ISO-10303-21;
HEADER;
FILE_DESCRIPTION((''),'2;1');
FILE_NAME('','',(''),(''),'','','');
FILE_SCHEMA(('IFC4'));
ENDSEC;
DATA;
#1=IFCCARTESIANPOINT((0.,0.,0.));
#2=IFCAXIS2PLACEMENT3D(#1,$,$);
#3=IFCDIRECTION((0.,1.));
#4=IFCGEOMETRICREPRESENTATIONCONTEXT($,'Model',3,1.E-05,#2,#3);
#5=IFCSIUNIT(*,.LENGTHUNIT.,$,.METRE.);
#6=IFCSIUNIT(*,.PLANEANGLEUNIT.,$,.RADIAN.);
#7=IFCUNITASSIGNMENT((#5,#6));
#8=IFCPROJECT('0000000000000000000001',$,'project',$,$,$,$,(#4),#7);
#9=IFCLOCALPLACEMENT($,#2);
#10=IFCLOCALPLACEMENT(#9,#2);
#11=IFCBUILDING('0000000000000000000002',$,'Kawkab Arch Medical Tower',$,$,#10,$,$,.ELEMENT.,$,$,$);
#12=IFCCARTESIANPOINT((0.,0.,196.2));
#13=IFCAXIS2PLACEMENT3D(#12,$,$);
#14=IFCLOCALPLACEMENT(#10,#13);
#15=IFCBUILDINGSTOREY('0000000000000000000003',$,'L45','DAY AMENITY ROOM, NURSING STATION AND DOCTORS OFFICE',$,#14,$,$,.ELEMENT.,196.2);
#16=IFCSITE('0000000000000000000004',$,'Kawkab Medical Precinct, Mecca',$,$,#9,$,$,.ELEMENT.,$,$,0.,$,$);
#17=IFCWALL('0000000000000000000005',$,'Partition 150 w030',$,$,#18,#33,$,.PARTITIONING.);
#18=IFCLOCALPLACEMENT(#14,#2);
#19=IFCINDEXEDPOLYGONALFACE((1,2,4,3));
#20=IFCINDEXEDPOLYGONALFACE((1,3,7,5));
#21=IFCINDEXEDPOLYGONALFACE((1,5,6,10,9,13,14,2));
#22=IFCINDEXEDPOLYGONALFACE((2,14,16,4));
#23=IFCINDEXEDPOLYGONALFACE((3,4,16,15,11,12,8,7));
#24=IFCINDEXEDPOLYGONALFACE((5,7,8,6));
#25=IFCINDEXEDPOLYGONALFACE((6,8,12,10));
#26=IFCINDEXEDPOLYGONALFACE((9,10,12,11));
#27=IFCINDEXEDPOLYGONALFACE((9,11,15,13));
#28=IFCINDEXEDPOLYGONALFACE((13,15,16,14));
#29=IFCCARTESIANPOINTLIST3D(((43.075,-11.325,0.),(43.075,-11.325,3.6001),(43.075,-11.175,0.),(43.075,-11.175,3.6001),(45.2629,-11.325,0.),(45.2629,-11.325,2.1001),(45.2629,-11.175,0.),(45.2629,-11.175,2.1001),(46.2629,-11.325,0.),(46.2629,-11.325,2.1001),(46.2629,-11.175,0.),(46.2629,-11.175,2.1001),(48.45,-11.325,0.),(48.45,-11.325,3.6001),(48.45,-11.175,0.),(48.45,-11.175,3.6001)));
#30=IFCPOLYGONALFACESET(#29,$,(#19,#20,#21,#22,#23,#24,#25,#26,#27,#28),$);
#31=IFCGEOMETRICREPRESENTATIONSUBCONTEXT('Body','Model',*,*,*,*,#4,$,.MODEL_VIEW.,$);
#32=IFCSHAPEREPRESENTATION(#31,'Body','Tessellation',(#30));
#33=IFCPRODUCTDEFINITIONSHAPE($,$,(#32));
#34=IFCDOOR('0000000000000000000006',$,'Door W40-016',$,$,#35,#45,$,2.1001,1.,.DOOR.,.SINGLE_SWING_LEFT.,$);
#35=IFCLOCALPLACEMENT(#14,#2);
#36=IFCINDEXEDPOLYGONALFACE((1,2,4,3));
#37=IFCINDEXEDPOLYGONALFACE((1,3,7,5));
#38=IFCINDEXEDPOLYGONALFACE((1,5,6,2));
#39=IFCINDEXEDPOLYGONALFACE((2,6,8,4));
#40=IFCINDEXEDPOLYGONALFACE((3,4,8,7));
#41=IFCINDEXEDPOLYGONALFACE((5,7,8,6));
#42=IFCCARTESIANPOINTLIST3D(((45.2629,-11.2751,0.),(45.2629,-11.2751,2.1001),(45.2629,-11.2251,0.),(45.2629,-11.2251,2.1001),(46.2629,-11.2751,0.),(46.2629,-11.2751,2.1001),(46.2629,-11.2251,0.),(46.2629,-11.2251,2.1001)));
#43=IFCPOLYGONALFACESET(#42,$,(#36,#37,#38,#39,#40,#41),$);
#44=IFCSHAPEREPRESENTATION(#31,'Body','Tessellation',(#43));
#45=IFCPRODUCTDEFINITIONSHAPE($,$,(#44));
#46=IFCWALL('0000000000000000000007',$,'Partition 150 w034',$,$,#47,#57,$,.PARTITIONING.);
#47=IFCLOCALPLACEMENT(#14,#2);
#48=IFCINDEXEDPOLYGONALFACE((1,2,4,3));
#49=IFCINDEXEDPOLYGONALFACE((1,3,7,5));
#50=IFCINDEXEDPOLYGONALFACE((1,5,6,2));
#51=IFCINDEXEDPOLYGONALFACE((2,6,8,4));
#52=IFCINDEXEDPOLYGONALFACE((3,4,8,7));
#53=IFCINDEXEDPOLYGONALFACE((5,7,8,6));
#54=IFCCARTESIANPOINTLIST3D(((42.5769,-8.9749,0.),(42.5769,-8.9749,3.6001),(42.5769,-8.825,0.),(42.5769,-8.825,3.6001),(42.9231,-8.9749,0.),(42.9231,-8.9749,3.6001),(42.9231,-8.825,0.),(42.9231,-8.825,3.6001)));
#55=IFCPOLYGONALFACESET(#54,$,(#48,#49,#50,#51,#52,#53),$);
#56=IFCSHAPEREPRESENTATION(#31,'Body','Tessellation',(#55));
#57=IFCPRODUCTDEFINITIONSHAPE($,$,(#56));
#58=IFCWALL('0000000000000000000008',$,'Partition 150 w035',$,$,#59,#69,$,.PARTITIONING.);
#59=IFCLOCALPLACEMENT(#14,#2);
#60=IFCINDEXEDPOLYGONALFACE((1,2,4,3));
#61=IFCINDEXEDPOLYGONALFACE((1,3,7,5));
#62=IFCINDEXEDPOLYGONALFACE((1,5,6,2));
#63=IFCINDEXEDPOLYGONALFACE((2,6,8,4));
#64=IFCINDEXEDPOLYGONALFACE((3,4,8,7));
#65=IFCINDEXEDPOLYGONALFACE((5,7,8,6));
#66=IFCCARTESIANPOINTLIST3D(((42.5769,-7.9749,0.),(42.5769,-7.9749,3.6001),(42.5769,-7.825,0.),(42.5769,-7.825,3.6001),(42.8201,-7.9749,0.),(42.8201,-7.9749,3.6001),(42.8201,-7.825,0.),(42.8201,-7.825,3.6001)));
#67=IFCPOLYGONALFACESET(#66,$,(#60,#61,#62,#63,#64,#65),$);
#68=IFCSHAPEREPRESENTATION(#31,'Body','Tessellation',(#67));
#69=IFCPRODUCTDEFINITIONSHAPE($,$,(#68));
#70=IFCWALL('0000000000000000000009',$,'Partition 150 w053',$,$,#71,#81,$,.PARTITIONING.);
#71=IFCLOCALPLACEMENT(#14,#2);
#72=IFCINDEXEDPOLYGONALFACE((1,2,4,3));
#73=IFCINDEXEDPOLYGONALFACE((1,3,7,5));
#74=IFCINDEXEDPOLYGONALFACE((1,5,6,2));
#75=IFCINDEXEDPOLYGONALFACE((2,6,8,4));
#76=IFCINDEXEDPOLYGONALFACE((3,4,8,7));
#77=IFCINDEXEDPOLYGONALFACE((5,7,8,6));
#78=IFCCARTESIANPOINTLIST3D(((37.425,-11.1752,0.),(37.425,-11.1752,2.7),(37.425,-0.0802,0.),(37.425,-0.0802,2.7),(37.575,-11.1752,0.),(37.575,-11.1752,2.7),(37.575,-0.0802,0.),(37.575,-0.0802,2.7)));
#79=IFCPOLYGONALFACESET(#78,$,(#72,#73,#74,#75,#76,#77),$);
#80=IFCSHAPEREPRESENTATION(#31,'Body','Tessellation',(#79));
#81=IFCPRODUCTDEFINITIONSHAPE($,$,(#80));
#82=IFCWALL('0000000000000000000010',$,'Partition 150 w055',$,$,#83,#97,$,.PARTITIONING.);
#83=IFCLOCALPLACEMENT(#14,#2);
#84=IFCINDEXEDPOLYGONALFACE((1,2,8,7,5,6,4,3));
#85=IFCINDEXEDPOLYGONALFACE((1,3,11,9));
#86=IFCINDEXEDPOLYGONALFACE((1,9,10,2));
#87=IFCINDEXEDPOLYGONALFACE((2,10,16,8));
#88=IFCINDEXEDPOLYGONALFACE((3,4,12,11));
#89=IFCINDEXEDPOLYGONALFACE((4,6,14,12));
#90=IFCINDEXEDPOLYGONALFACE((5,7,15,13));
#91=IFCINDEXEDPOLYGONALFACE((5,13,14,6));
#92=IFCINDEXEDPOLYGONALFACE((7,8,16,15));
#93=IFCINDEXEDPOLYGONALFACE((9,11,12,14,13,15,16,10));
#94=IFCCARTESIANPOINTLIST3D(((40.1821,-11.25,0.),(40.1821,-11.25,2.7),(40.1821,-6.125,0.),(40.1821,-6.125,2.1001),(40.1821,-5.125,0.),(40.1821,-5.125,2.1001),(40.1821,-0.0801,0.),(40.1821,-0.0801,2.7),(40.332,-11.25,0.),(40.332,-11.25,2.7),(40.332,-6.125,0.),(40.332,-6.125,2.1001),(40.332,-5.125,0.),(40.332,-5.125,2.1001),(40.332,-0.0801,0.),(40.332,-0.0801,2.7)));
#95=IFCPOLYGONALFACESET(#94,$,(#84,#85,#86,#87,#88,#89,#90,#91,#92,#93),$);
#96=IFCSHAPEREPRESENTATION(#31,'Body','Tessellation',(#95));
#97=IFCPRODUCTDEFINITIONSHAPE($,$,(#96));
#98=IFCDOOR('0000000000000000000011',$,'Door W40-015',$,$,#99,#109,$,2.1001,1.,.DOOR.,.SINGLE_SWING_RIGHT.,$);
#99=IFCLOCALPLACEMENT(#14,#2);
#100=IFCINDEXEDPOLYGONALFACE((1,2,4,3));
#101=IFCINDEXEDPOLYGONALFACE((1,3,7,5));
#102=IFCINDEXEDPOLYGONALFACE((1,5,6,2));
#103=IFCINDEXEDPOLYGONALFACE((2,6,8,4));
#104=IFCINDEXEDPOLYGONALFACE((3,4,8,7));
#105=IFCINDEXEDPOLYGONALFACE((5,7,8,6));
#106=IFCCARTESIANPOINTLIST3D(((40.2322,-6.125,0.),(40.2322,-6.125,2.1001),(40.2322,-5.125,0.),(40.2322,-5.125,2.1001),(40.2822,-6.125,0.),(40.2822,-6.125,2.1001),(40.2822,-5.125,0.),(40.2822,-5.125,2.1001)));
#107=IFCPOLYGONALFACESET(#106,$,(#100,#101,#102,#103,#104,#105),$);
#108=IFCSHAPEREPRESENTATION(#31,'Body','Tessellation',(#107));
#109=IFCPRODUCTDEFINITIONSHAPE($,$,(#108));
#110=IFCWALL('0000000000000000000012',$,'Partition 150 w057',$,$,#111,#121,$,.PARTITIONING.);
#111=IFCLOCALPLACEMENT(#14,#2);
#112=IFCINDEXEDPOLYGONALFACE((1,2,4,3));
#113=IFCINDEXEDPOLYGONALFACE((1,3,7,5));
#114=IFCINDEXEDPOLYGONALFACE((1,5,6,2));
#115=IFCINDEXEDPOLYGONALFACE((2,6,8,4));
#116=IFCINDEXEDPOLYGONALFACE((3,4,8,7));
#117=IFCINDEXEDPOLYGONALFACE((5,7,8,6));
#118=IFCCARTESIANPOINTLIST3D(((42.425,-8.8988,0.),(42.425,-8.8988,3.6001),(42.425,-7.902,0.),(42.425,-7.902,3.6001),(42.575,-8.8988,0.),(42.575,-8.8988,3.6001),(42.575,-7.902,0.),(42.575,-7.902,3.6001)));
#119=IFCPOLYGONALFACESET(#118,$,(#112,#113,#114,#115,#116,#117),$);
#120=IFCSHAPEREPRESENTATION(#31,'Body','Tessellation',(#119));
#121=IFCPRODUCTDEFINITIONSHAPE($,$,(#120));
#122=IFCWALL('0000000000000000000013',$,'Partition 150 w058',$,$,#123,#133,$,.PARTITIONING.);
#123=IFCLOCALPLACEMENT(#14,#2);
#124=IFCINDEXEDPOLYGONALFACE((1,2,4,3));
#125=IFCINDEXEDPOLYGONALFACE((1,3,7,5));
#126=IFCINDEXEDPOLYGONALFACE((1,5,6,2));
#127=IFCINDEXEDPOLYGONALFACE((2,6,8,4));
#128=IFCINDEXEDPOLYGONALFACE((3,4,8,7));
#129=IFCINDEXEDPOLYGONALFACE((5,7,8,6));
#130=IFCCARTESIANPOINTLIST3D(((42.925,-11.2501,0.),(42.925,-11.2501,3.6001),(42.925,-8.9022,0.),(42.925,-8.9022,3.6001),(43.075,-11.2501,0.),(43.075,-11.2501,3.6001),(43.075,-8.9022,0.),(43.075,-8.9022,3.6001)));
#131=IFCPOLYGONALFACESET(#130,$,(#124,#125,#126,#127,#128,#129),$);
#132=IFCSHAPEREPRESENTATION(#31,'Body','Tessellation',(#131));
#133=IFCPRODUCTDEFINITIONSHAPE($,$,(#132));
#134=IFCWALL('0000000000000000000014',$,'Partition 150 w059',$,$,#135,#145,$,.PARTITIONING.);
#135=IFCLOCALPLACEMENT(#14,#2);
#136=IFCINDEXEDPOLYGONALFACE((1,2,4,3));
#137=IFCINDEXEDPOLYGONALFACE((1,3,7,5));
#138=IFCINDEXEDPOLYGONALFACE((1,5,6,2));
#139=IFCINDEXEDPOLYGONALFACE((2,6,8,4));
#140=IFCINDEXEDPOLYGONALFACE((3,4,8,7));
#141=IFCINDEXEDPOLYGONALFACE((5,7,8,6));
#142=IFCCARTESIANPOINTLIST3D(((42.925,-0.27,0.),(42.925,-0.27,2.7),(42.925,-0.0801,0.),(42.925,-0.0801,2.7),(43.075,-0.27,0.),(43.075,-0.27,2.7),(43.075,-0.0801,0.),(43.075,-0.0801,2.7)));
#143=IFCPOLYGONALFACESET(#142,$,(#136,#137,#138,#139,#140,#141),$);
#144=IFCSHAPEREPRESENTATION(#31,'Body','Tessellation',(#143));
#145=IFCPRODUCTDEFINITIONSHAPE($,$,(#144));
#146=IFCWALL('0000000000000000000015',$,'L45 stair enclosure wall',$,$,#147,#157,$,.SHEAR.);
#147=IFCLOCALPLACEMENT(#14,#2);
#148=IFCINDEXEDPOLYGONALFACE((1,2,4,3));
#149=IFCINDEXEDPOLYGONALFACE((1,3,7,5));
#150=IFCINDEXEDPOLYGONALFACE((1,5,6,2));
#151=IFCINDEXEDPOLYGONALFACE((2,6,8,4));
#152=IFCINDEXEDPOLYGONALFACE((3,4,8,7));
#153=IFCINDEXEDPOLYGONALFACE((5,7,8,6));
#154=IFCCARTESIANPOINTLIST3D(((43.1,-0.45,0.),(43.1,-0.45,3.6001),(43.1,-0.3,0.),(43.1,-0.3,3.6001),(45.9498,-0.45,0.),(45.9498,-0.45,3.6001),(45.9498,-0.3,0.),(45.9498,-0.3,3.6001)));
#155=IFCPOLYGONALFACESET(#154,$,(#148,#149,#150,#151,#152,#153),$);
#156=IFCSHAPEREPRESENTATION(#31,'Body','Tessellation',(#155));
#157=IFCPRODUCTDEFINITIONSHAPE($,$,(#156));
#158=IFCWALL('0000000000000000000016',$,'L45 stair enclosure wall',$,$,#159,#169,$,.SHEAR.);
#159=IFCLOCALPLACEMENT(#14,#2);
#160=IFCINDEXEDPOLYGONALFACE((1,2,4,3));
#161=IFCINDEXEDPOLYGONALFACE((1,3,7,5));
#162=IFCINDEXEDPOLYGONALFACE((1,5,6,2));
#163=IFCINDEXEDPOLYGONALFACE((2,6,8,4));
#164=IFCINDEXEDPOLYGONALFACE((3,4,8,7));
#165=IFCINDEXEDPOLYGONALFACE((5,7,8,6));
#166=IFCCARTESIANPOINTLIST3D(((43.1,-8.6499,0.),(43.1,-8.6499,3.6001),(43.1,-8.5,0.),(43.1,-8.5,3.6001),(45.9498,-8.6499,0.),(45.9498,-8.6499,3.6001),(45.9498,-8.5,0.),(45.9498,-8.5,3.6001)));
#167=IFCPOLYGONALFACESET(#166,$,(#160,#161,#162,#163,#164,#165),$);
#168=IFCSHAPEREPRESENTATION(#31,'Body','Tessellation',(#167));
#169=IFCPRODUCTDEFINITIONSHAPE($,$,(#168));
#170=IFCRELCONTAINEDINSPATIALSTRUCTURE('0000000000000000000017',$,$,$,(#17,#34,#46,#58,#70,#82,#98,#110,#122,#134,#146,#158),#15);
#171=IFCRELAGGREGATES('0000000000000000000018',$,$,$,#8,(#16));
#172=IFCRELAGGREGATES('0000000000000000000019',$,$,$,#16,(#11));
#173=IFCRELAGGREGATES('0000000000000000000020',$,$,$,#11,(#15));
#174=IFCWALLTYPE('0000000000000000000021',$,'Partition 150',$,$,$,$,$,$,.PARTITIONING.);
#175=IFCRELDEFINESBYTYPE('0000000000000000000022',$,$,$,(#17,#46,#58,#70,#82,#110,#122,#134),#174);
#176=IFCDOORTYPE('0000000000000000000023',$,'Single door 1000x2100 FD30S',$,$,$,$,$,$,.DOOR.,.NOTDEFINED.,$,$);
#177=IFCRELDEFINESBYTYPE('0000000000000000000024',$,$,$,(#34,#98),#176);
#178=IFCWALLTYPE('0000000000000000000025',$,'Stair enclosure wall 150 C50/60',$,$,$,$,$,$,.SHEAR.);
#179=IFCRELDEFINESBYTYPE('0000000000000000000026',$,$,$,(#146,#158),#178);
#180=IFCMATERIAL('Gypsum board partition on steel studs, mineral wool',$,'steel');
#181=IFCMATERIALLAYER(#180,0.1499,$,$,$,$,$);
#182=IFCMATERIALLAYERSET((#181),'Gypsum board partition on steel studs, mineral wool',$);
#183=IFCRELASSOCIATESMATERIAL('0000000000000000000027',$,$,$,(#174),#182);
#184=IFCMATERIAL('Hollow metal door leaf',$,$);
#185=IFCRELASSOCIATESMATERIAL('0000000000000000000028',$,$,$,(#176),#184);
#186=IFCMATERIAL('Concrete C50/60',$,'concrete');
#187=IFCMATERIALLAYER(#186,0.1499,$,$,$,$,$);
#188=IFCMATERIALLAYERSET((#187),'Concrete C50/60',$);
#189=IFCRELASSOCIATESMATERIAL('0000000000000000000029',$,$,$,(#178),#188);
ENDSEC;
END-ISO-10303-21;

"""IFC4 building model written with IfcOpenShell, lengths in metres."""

from ifc_helpers import new_model, si_unit, direction, frame, frame_2d, origin, place, context, subcontext, project, spatial, rectangle, extrude, material, layer, layer_set, type_object, element, fill, save


model = new_model("IFC4")

# Units and contexts
model_context = context("Model", 3, precision=1e-05, world=origin(), true_north=direction((0.0, 1.0)))
body_context = subcontext(model_context, "Body", "Model", "MODEL_VIEW")
ifc_project = project(units=[si_unit("LENGTHUNIT", "METRE"), si_unit("PLANEANGLEUNIT", "RADIAN")], contexts=[model_context])

# Site, building, storey
site_placement = place(None, origin())
site = spatial("IfcSite", under=ifc_project, at=site_placement, Name="Kawkab Medical Precinct, Mecca", CompositionType="ELEMENT", RefElevation=0.0)
building_placement = place(site_placement, origin())
building = spatial("IfcBuilding", under=site, at=building_placement, Name="Kawkab Arch Medical Tower", CompositionType="ELEMENT")
storey_placement = place(building_placement, frame((0.0, 0.0, 196.2)))
storey = spatial("IfcBuildingStorey", under=building, at=storey_placement, Name="L45", Description="DAY AMENITY ROOM, NURSING STATION AND DOCTORS OFFICE", CompositionType="ELEMENT", Elevation=196.2)

# Wall, opening, door
ifc_material_1 = material(Name="Gypsum board partition on steel studs, mineral wool", Category="steel")
ifc_layer_1 = layer(ifc_material_1, 0.1499)
ifc_layer_set_1 = layer_set([ifc_layer_1], Name="Gypsum board partition on steel studs, mineral wool")
wall_type_1 = type_object("IfcWallType", Name="Partition 150", PredefinedType="PARTITIONING", material=ifc_layer_set_1)
wall_1_placement = place(storey_placement, frame((43.075, -11.25, 0.0), z_axis=(0.0, 0.0, 1.0), x_axis=(1.0, 0.0, 0.0)))
wall_1 = element("IfcWall", 1, at=wall_1_placement, inside=storey, type_object=wall_type_1, Name="Partition 150 w030", PredefinedType="PARTITIONING", context=body_context, shape_type="SweptSolid", body=[
    extrude(rectangle(XDim=5.375, YDim=0.1499, at=frame_2d((2.6875, 0.0))), origin(), (0.0, 0.0, 1.0), 3.6001),
])
opening_1_placement = place(wall_1_placement, frame((2.188, 0.0, 0.0)))
opening_1 = element("IfcOpeningElement", 2, at=opening_1_placement, cuts=wall_1, PredefinedType="OPENING", context=body_context, shape_type="SweptSolid", body=[
    extrude(rectangle(XDim=1.0, YDim=2.1001, at=frame_2d((0.5, 1.05))), frame((0.0, 0.085, 0.0), z_axis=(0.0, -1.0, 0.0), x_axis=(1.0, 0.0, 0.0)), (0.0, 0.0, 1.0), 0.1699),
])
ifc_material_2 = material(Name="Hollow metal door leaf")
door_type_1 = type_object("IfcDoorType", Name="Single door 1000x2100 FD30S", OperationType="NOTDEFINED", PredefinedType="DOOR", material=ifc_material_2)
door_1_placement = place(opening_1_placement, origin())
door_1 = element("IfcDoor", 3, at=door_1_placement, inside=storey, type_object=door_type_1, Name="Door W40-016", OperationType="SINGLE_SWING_LEFT", OverallHeight=2.1001, OverallWidth=1.0, PredefinedType="DOOR", context=body_context, shape_type="SweptSolid", body=[
    extrude(rectangle(XDim=1.0, YDim=2.1001, at=frame_2d((0.5, 1.05))), frame((0.0, 0.0249, 0.0), z_axis=(0.0, -1.0, 0.0), x_axis=(1.0, 0.0, 0.0)), (0.0, 0.0, 1.0), 0.05),
])
fill(opening_1, door_1)

# Walls
wall_2_placement = place(storey_placement, frame((42.5769, -8.8999, 0.0), z_axis=(0.0, 0.0, 1.0), x_axis=(1.0, 0.0, 0.0)))
element("IfcWall", 4, at=wall_2_placement, inside=storey, type_object=wall_type_1, Name="Partition 150 w034", PredefinedType="PARTITIONING", context=body_context, shape_type="SweptSolid", body=[
    extrude(rectangle(XDim=0.3462, YDim=0.1499, at=frame_2d((0.1731, 0.0))), origin(), (0.0, 0.0, 1.0), 3.6001),
])
wall_3_placement = place(storey_placement, frame((42.5769, -7.8999, 0.0), z_axis=(0.0, 0.0, 1.0), x_axis=(1.0, 0.0, 0.0)))
element("IfcWall", 5, at=wall_3_placement, inside=storey, type_object=wall_type_1, Name="Partition 150 w035", PredefinedType="PARTITIONING", context=body_context, shape_type="SweptSolid", body=[
    extrude(rectangle(XDim=0.2432, YDim=0.1499, at=frame_2d((0.1216, 0.0))), origin(), (0.0, 0.0, 1.0), 3.6001),
])
wall_4_placement = place(storey_placement, frame((37.5, -11.175, 0.0), z_axis=(0.0, 0.0, 1.0), x_axis=(0.0, 1.0, 0.0)))
element("IfcWall", 6, at=wall_4_placement, inside=storey, type_object=wall_type_1, Name="Partition 150 w053", PredefinedType="PARTITIONING", context=body_context, shape_type="SweptSolid", body=[
    extrude(rectangle(XDim=11.095, YDim=0.1499, at=frame_2d((5.5474, 0.0))), origin(), (0.0, 0.0, 1.0), 2.7),
])

# Wall, opening, door
wall_5_placement = place(storey_placement, frame((40.2571, -11.25, 0.0), z_axis=(0.0, 0.0, 1.0), x_axis=(0.0, 1.0, 0.0)))
wall_5 = element("IfcWall", 7, at=wall_5_placement, inside=storey, type_object=wall_type_1, Name="Partition 150 w055", PredefinedType="PARTITIONING", context=body_context, shape_type="SweptSolid", body=[
    extrude(rectangle(XDim=11.1699, YDim=0.1499, at=frame_2d((5.585, 0.0))), origin(), (0.0, 0.0, 1.0), 2.7),
])
opening_2_placement = place(wall_5_placement, frame((5.125, 0.0, 0.0)))
opening_2 = element("IfcOpeningElement", 8, at=opening_2_placement, cuts=wall_5, PredefinedType="OPENING", context=body_context, shape_type="SweptSolid", body=[
    extrude(rectangle(XDim=1.0, YDim=2.1001, at=frame_2d((0.5, 1.05))), frame((0.0, 0.085, 0.0), z_axis=(0.0, -1.0, 0.0), x_axis=(1.0, 0.0, 0.0)), (0.0, 0.0, 1.0), 0.1699),
])
door_2_placement = place(opening_2_placement, origin())
door_2 = element("IfcDoor", 9, at=door_2_placement, inside=storey, type_object=door_type_1, Name="Door W40-015", OperationType="SINGLE_SWING_RIGHT", OverallHeight=2.1001, OverallWidth=1.0, PredefinedType="DOOR", context=body_context, shape_type="SweptSolid", body=[
    extrude(rectangle(XDim=1.0, YDim=2.1001, at=frame_2d((0.5, 1.05))), frame((0.0, 0.0249, 0.0), z_axis=(0.0, -1.0, 0.0), x_axis=(1.0, 0.0, 0.0)), (0.0, 0.0, 1.0), 0.05),
])
fill(opening_2, door_2)

# Walls
wall_6_placement = place(storey_placement, frame((42.5, -8.8989, 0.0), z_axis=(0.0, 0.0, 1.0), x_axis=(0.0, 1.0, 0.0)))
element("IfcWall", 10, at=wall_6_placement, inside=storey, type_object=wall_type_1, Name="Partition 150 w057", PredefinedType="PARTITIONING", context=body_context, shape_type="SweptSolid", body=[
    extrude(rectangle(XDim=0.9968, YDim=0.1499, at=frame_2d((0.4985, 0.0))), origin(), (0.0, 0.0, 1.0), 3.6001),
])
wall_7_placement = place(storey_placement, frame((43.0, -11.25, 0.0), z_axis=(0.0, 0.0, 1.0), x_axis=(0.0, 1.0, 0.0)))
element("IfcWall", 11, at=wall_7_placement, inside=storey, type_object=wall_type_1, Name="Partition 150 w058", PredefinedType="PARTITIONING", context=body_context, shape_type="SweptSolid", body=[
    extrude(rectangle(XDim=2.3479, YDim=0.1499, at=frame_2d((1.1738, 0.0))), origin(), (0.0, 0.0, 1.0), 3.6001),
])
wall_8_placement = place(storey_placement, frame((43.0, -0.27, 0.0), z_axis=(0.0, 0.0, 1.0), x_axis=(0.0, 1.0, 0.0)))
element("IfcWall", 12, at=wall_8_placement, inside=storey, type_object=wall_type_1, Name="Partition 150 w059", PredefinedType="PARTITIONING", context=body_context, shape_type="SweptSolid", body=[
    extrude(rectangle(XDim=0.1899, YDim=0.1499, at=frame_2d((0.095, 0.0))), origin(), (0.0, 0.0, 1.0), 2.7),
])
ifc_material_3 = material(Name="Concrete C50/60", Category="concrete")
ifc_layer_2 = layer(ifc_material_3, 0.1499)
ifc_layer_set_2 = layer_set([ifc_layer_2], Name="Concrete C50/60")
wall_type_2 = type_object("IfcWallType", Name="Stair enclosure wall 150 C50/60", PredefinedType="SHEAR", material=ifc_layer_set_2)
for number, where, z_axis, x_axis, name in (
    (13, (43.1001, -0.375, 0.0), (0.0, 0.0, 1.0), (1.0, 0.0, 0.0), "L45 stair enclosure wall"),
    (14, (43.1001, -8.575, 0.0), (0.0, 0.0, 1.0), (1.0, 0.0, 0.0), "L45 stair enclosure wall"),
):
    element("IfcWall", number, at=place(storey_placement, frame(where, z_axis=z_axis, x_axis=x_axis)), inside=storey, type_object=wall_type_2, Name=name, PredefinedType="SHEAR", context=body_context, shape_type="SweptSolid", body=[
        extrude(rectangle(XDim=2.8499, YDim=0.1499, at=frame_2d((1.4248, 0.0))), origin(), (0.0, 0.0, 1.0), 3.6001),
    ])

save(model, "model.ifc")
